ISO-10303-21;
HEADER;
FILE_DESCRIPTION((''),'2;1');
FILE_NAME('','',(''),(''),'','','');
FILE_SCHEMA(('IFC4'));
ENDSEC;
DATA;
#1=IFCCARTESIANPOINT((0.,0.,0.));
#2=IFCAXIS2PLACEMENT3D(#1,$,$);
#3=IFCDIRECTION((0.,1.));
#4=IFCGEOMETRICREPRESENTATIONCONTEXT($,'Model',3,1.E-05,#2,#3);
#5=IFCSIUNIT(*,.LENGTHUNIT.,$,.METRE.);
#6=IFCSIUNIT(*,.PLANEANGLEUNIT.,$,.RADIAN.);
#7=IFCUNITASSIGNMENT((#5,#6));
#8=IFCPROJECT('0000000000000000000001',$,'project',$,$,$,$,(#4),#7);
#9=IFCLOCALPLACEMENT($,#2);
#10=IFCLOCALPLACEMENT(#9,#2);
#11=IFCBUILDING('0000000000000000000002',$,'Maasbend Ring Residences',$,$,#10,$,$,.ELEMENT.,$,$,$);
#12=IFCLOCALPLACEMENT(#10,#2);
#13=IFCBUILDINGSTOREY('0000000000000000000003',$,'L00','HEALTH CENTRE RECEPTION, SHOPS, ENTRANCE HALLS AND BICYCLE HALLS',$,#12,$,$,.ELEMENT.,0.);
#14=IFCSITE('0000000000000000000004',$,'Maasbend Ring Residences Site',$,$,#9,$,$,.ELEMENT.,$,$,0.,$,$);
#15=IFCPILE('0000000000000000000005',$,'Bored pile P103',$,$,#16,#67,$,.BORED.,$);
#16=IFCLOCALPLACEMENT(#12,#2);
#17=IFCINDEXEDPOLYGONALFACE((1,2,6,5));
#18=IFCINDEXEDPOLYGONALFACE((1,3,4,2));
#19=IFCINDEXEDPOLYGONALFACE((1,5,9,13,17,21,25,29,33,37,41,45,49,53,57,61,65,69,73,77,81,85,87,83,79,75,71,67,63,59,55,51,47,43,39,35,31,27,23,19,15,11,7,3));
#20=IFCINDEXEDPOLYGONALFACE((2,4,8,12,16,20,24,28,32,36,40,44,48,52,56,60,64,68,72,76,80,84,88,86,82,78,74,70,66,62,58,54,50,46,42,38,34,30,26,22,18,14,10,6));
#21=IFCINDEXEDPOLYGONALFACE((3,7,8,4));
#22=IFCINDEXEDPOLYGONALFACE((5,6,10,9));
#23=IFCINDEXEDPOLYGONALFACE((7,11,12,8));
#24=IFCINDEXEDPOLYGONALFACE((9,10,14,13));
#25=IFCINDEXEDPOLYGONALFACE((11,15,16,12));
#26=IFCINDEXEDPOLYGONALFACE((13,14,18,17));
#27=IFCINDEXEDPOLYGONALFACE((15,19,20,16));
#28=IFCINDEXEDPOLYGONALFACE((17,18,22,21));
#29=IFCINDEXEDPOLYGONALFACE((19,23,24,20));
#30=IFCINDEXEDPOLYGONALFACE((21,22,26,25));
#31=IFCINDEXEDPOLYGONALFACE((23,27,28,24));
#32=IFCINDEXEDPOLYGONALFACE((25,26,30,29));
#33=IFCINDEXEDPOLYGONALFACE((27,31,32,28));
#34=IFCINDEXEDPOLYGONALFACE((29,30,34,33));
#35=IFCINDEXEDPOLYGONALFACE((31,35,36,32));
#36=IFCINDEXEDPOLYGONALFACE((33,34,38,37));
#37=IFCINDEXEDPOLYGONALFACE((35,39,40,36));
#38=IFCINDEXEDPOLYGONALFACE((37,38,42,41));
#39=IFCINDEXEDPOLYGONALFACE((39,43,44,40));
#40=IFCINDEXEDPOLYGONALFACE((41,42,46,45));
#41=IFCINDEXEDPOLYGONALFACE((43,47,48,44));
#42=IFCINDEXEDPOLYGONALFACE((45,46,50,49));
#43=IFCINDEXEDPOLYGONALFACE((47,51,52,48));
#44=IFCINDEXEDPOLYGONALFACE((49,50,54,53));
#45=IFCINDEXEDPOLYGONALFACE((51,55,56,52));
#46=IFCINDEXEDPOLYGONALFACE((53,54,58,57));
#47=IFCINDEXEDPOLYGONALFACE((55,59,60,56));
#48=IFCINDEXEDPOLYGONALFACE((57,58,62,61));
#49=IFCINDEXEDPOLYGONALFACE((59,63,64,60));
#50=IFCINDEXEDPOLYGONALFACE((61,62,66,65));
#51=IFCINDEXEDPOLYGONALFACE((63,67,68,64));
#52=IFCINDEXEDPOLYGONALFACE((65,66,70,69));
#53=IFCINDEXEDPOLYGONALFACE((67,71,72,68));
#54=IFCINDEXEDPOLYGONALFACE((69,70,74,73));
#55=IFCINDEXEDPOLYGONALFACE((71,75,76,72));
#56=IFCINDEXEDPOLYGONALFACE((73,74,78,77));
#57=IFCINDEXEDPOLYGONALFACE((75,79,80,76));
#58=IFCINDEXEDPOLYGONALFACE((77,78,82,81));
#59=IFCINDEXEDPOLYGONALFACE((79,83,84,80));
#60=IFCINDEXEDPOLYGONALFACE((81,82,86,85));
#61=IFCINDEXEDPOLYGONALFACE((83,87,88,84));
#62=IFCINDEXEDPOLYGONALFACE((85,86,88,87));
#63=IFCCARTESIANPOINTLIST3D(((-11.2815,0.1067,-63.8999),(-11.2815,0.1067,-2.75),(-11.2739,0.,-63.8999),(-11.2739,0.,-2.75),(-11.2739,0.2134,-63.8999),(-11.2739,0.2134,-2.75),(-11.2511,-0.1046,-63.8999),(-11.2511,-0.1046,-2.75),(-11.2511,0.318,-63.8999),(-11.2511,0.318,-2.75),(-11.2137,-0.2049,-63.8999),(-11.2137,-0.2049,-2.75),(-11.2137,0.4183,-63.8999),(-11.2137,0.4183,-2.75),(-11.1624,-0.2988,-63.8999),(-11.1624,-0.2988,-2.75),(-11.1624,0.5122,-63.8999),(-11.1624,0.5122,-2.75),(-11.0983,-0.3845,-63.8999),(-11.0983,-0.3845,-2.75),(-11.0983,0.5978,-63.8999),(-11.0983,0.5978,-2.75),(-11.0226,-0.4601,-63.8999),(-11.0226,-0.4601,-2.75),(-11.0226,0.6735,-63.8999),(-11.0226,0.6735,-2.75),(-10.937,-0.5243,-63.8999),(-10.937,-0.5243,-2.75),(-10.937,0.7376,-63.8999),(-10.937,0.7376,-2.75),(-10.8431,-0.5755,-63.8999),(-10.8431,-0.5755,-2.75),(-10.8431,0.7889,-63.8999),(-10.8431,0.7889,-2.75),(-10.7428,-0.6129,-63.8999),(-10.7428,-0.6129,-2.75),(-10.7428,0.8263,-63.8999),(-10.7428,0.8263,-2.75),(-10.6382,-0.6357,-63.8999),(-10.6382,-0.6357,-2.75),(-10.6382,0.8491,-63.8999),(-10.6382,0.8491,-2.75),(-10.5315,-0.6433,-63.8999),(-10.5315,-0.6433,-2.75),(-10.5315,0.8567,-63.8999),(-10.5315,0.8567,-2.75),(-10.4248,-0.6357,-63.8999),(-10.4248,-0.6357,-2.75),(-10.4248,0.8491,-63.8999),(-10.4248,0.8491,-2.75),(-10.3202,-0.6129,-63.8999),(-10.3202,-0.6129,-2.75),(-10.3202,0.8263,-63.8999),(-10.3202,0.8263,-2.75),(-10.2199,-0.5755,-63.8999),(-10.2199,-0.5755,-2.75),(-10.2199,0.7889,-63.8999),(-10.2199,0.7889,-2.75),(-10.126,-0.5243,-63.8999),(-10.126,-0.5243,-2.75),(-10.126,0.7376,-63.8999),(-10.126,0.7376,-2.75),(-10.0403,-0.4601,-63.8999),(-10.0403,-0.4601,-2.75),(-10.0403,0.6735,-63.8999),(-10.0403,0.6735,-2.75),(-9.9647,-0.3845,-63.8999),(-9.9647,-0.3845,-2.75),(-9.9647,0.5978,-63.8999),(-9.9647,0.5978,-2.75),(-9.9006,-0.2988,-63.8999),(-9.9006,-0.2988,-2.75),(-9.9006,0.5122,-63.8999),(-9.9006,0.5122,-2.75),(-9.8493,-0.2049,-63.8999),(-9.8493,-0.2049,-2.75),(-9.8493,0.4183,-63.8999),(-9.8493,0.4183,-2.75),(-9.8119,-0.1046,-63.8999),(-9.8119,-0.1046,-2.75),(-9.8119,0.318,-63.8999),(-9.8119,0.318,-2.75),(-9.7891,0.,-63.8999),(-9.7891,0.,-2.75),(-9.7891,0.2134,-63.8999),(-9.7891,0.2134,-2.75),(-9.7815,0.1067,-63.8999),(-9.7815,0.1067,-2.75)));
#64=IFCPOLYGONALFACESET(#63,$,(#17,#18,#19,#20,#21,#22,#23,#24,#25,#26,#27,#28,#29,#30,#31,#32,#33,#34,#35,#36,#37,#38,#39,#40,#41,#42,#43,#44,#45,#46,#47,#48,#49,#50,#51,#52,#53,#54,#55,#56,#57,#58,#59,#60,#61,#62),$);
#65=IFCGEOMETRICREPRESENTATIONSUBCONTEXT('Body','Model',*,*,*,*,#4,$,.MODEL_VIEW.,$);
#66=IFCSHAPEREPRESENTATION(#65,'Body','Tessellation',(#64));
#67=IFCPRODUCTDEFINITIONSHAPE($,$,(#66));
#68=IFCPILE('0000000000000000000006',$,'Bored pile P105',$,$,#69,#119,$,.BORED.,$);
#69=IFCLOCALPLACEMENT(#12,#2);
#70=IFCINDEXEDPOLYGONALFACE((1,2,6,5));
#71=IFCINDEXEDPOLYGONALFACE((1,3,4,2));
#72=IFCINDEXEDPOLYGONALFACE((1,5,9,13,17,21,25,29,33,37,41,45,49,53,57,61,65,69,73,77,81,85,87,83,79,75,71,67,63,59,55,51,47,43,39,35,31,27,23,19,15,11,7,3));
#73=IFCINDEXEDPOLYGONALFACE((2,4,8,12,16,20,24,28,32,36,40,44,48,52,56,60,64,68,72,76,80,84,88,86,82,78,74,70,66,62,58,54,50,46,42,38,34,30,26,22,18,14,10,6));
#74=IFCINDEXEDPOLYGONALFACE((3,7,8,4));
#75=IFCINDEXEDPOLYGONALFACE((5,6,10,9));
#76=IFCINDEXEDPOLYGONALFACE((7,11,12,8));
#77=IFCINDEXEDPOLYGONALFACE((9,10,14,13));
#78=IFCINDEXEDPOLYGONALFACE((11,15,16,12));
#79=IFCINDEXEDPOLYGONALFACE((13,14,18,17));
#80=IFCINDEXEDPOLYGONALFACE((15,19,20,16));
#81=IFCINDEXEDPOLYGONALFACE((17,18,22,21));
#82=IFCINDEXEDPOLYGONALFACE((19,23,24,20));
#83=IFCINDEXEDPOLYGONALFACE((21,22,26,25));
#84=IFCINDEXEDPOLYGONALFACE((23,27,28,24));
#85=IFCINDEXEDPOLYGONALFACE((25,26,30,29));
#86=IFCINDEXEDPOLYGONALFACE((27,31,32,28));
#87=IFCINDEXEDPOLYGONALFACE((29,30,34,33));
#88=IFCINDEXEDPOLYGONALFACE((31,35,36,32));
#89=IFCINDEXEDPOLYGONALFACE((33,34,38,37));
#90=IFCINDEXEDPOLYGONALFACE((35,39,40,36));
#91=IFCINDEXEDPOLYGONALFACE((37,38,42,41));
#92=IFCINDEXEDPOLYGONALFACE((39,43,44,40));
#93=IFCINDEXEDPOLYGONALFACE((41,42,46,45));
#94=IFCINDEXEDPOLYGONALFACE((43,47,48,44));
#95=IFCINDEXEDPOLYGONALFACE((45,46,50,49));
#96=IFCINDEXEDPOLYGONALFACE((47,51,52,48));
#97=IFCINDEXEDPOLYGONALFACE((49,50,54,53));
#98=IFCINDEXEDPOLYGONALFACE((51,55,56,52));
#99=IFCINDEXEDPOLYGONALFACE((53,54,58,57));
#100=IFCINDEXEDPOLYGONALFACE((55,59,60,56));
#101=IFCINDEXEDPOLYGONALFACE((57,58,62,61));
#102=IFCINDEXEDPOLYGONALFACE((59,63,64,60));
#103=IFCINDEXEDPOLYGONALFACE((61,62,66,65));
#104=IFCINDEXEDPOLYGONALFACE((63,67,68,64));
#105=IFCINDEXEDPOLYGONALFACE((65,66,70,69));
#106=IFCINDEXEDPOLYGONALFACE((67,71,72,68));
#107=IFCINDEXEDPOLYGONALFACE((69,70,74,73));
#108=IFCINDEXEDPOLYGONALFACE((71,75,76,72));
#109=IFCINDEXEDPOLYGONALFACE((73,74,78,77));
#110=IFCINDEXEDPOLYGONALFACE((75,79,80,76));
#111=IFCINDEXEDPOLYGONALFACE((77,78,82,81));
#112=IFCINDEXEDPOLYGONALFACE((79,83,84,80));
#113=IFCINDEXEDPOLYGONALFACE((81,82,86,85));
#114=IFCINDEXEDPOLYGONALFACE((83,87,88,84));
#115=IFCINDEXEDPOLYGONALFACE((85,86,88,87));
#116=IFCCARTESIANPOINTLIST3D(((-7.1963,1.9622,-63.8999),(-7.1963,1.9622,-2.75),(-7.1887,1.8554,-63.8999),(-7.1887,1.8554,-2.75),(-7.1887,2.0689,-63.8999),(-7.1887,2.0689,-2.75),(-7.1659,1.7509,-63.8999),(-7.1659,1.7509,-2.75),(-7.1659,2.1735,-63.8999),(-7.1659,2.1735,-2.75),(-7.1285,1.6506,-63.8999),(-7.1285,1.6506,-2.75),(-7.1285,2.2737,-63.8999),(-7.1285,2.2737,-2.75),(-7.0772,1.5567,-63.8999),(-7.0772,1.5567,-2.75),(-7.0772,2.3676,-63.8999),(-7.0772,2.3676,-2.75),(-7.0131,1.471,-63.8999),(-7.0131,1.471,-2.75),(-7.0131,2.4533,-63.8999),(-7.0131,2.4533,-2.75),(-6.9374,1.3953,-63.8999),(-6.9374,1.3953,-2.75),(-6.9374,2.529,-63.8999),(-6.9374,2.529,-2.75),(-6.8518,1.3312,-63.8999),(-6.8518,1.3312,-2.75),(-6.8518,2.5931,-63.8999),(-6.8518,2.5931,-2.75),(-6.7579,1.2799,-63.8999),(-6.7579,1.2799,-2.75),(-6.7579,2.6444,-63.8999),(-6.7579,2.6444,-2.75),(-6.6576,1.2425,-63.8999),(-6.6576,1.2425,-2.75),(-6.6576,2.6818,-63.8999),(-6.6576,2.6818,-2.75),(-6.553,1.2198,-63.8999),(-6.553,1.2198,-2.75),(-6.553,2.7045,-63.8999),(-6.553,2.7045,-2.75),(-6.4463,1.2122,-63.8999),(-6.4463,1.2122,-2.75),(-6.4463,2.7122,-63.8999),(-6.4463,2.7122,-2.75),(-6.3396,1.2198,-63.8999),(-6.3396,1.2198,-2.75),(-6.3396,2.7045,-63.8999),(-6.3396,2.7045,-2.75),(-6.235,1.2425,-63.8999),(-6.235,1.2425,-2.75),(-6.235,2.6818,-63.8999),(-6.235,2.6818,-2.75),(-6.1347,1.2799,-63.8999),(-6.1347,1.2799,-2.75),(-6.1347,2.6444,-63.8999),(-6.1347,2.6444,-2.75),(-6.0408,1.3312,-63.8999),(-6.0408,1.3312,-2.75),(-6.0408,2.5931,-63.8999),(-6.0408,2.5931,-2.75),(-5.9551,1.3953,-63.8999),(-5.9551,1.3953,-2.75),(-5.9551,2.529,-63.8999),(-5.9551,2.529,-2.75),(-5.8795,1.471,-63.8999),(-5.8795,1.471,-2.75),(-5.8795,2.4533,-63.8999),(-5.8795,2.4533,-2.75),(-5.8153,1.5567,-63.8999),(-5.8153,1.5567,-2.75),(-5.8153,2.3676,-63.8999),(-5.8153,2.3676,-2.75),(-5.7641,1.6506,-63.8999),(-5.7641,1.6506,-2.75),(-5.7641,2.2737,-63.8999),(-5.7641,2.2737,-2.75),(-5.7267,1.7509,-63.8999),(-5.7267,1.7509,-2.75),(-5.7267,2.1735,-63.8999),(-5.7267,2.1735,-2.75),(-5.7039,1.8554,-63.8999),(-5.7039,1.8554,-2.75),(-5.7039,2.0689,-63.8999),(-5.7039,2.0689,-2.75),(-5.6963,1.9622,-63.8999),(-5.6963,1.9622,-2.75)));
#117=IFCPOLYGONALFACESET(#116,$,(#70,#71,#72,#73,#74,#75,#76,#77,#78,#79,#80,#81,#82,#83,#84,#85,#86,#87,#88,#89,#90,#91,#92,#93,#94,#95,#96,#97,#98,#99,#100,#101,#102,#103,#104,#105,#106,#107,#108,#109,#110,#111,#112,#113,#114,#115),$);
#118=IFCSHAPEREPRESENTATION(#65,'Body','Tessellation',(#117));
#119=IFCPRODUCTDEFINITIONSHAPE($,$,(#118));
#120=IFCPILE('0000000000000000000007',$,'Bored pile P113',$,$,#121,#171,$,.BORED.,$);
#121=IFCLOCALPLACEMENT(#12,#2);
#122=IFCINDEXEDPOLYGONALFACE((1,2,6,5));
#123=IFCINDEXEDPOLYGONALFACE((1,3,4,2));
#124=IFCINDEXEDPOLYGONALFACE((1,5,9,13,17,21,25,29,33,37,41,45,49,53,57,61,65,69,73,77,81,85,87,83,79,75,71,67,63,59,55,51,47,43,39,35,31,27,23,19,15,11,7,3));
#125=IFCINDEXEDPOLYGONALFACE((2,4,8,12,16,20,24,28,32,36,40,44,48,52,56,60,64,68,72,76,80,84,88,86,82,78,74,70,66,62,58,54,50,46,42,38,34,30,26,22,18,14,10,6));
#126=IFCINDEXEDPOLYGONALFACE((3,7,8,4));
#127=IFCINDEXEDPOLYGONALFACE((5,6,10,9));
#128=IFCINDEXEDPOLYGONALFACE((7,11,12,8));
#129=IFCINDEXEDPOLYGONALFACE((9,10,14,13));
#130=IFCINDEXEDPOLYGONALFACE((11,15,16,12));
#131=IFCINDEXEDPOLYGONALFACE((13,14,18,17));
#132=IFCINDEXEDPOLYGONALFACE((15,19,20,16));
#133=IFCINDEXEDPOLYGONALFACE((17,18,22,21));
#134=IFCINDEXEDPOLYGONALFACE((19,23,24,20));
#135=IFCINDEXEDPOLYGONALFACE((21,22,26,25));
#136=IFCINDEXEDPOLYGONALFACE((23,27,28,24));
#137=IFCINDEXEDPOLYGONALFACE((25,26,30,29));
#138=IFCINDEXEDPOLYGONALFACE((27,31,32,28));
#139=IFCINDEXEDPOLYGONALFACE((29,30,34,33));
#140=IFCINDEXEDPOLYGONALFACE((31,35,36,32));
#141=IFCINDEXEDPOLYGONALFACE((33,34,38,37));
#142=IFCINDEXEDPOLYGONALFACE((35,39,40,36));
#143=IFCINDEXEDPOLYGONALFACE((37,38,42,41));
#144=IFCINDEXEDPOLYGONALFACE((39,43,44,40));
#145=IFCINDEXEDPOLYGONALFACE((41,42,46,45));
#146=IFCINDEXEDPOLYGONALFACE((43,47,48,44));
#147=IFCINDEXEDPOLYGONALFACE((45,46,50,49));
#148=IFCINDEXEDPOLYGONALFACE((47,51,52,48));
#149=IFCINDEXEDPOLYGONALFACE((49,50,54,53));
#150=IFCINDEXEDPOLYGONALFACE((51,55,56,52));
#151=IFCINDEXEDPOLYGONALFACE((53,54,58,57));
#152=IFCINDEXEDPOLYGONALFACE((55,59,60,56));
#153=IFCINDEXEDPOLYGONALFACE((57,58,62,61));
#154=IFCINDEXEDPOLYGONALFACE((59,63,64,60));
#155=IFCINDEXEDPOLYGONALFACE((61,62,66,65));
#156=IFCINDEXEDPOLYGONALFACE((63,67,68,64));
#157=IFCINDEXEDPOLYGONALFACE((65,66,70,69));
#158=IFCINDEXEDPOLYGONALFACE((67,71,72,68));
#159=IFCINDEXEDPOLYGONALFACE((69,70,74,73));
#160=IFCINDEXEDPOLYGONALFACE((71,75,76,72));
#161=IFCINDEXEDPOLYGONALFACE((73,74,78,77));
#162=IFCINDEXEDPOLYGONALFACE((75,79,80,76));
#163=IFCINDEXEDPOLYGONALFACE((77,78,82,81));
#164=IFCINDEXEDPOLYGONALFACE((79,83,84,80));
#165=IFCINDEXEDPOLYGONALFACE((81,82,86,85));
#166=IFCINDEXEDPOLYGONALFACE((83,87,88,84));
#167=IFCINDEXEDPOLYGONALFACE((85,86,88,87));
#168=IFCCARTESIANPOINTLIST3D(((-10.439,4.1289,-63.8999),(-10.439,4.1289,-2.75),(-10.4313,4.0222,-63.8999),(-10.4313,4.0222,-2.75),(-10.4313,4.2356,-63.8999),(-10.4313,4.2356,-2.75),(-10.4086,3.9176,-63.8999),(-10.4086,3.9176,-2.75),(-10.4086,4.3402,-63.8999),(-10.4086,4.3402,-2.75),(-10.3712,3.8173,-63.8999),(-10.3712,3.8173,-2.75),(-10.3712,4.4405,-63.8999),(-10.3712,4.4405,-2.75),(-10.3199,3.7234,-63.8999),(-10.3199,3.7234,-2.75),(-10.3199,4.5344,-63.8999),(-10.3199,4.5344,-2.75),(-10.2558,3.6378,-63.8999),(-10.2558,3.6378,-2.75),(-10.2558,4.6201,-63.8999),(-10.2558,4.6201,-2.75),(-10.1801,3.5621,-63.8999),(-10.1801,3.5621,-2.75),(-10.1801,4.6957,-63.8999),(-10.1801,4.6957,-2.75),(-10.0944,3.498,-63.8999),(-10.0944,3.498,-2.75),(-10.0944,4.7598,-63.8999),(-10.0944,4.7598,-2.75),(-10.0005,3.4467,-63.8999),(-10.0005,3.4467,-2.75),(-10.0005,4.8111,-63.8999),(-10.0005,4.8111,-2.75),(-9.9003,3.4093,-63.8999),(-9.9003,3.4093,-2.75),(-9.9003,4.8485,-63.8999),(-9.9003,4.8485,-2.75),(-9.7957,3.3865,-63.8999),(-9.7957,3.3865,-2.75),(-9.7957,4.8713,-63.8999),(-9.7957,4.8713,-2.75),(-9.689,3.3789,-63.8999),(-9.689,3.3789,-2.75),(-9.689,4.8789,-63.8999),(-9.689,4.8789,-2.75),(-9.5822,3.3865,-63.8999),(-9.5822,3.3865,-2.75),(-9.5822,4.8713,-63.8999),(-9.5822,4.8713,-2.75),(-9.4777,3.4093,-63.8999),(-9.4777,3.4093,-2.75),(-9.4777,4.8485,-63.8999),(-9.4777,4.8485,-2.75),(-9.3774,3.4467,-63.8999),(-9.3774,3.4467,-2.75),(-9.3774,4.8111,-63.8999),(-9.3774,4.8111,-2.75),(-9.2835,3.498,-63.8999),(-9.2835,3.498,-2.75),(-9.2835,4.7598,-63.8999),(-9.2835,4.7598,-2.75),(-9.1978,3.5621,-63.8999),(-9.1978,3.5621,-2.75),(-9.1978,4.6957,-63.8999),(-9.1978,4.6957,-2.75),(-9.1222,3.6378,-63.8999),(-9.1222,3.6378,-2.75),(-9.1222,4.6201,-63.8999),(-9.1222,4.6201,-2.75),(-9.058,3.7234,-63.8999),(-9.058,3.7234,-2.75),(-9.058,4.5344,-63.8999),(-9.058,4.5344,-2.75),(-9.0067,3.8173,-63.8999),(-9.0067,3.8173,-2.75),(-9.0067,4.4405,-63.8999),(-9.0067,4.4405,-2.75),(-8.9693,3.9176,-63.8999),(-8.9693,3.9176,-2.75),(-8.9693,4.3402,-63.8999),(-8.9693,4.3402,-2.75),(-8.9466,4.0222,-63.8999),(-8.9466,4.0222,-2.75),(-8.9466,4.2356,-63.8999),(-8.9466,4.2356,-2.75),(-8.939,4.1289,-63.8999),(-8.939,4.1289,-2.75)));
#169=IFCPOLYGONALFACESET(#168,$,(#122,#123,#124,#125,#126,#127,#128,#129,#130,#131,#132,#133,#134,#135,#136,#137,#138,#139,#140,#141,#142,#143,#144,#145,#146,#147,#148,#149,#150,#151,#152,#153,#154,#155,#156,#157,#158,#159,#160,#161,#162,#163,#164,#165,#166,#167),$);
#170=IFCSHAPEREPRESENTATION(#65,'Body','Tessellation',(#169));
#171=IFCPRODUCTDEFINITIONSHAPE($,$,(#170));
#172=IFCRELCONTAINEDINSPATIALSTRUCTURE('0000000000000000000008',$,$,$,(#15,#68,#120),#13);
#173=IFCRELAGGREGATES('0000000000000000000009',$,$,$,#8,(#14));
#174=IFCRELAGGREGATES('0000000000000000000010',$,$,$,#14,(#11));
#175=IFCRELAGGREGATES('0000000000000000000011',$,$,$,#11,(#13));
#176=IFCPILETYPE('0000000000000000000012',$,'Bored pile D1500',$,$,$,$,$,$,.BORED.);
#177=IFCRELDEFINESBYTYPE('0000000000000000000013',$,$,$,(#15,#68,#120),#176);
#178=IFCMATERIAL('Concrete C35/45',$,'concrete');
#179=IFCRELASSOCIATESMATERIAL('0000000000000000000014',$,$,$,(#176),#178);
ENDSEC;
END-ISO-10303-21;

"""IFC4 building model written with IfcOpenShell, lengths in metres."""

from ifc_helpers import new_model, si_unit, direction, frame, origin, origin_2d, place, context, subcontext, project, spatial, circle, extrude, material, material_profile, profile_set, type_object, element, save


model = new_model("IFC4")

# Units and contexts
model_context = context("Model", 3, precision=1e-05, world=origin(), true_north=direction((0.0, 1.0)))
body_context = subcontext(model_context, "Body", "Model", "MODEL_VIEW")
ifc_project = project(units=[si_unit("LENGTHUNIT", "METRE"), si_unit("PLANEANGLEUNIT", "RADIAN")], contexts=[model_context])

# Site, building, storey
site_placement = place(None, origin())
site = spatial("IfcSite", under=ifc_project, at=site_placement, Name="Maasbend Ring Residences Site", CompositionType="ELEMENT", RefElevation=0.0)
building_placement = place(site_placement, origin())
building = spatial("IfcBuilding", under=site, at=building_placement, Name="Maasbend Ring Residences", CompositionType="ELEMENT")
storey_placement = place(building_placement, origin())
storey = spatial("IfcBuildingStorey", under=building, at=storey_placement, Name="L00", Description="HEALTH CENTRE RECEPTION, SHOPS, ENTRANCE HALLS AND BICYCLE HALLS", CompositionType="ELEMENT", Elevation=0.0)

# Piles
ifc_material_1 = material(Name="Concrete C35/45", Category="concrete")
ifc_material_profile_1 = material_profile(ifc_material_1, circle(Radius=0.75, at=origin_2d()), Name="Bored pile D1500")
ifc_profile_set_1 = profile_set([ifc_material_profile_1], Name="Concrete C35/45")
pile_type = type_object("IfcPileType", Name="Bored pile D1500", PredefinedType="BORED", material=ifc_profile_set_1)
for number, where, z_axis, x_axis, name in (
    (1, (-10.5315, 0.1067, -2.75), (0.0, 0.0, -1.0), (1.0, 0.0, 0.0), "Bored pile P103"),
    (2, (-6.4463, 1.9622, -2.75), (0.0, 0.0, -1.0), (1.0, 0.0, 0.0), "Bored pile P105"),
    (3, (-9.689, 4.1289, -2.75), (0.0, 0.0, -1.0), (1.0, 0.0, 0.0), "Bored pile P113"),
):
    element("IfcPile", number, at=place(storey_placement, frame(where, z_axis=z_axis, x_axis=x_axis)), inside=storey, type_object=pile_type, Name=name, PredefinedType="BORED", context=body_context, shape_type="SweptSolid", body=[
        extrude(circle(Radius=0.75, at=origin_2d()), origin(), (0.0, 0.0, 1.0), 61.1499),
    ])

save(model, "model.ifc")
